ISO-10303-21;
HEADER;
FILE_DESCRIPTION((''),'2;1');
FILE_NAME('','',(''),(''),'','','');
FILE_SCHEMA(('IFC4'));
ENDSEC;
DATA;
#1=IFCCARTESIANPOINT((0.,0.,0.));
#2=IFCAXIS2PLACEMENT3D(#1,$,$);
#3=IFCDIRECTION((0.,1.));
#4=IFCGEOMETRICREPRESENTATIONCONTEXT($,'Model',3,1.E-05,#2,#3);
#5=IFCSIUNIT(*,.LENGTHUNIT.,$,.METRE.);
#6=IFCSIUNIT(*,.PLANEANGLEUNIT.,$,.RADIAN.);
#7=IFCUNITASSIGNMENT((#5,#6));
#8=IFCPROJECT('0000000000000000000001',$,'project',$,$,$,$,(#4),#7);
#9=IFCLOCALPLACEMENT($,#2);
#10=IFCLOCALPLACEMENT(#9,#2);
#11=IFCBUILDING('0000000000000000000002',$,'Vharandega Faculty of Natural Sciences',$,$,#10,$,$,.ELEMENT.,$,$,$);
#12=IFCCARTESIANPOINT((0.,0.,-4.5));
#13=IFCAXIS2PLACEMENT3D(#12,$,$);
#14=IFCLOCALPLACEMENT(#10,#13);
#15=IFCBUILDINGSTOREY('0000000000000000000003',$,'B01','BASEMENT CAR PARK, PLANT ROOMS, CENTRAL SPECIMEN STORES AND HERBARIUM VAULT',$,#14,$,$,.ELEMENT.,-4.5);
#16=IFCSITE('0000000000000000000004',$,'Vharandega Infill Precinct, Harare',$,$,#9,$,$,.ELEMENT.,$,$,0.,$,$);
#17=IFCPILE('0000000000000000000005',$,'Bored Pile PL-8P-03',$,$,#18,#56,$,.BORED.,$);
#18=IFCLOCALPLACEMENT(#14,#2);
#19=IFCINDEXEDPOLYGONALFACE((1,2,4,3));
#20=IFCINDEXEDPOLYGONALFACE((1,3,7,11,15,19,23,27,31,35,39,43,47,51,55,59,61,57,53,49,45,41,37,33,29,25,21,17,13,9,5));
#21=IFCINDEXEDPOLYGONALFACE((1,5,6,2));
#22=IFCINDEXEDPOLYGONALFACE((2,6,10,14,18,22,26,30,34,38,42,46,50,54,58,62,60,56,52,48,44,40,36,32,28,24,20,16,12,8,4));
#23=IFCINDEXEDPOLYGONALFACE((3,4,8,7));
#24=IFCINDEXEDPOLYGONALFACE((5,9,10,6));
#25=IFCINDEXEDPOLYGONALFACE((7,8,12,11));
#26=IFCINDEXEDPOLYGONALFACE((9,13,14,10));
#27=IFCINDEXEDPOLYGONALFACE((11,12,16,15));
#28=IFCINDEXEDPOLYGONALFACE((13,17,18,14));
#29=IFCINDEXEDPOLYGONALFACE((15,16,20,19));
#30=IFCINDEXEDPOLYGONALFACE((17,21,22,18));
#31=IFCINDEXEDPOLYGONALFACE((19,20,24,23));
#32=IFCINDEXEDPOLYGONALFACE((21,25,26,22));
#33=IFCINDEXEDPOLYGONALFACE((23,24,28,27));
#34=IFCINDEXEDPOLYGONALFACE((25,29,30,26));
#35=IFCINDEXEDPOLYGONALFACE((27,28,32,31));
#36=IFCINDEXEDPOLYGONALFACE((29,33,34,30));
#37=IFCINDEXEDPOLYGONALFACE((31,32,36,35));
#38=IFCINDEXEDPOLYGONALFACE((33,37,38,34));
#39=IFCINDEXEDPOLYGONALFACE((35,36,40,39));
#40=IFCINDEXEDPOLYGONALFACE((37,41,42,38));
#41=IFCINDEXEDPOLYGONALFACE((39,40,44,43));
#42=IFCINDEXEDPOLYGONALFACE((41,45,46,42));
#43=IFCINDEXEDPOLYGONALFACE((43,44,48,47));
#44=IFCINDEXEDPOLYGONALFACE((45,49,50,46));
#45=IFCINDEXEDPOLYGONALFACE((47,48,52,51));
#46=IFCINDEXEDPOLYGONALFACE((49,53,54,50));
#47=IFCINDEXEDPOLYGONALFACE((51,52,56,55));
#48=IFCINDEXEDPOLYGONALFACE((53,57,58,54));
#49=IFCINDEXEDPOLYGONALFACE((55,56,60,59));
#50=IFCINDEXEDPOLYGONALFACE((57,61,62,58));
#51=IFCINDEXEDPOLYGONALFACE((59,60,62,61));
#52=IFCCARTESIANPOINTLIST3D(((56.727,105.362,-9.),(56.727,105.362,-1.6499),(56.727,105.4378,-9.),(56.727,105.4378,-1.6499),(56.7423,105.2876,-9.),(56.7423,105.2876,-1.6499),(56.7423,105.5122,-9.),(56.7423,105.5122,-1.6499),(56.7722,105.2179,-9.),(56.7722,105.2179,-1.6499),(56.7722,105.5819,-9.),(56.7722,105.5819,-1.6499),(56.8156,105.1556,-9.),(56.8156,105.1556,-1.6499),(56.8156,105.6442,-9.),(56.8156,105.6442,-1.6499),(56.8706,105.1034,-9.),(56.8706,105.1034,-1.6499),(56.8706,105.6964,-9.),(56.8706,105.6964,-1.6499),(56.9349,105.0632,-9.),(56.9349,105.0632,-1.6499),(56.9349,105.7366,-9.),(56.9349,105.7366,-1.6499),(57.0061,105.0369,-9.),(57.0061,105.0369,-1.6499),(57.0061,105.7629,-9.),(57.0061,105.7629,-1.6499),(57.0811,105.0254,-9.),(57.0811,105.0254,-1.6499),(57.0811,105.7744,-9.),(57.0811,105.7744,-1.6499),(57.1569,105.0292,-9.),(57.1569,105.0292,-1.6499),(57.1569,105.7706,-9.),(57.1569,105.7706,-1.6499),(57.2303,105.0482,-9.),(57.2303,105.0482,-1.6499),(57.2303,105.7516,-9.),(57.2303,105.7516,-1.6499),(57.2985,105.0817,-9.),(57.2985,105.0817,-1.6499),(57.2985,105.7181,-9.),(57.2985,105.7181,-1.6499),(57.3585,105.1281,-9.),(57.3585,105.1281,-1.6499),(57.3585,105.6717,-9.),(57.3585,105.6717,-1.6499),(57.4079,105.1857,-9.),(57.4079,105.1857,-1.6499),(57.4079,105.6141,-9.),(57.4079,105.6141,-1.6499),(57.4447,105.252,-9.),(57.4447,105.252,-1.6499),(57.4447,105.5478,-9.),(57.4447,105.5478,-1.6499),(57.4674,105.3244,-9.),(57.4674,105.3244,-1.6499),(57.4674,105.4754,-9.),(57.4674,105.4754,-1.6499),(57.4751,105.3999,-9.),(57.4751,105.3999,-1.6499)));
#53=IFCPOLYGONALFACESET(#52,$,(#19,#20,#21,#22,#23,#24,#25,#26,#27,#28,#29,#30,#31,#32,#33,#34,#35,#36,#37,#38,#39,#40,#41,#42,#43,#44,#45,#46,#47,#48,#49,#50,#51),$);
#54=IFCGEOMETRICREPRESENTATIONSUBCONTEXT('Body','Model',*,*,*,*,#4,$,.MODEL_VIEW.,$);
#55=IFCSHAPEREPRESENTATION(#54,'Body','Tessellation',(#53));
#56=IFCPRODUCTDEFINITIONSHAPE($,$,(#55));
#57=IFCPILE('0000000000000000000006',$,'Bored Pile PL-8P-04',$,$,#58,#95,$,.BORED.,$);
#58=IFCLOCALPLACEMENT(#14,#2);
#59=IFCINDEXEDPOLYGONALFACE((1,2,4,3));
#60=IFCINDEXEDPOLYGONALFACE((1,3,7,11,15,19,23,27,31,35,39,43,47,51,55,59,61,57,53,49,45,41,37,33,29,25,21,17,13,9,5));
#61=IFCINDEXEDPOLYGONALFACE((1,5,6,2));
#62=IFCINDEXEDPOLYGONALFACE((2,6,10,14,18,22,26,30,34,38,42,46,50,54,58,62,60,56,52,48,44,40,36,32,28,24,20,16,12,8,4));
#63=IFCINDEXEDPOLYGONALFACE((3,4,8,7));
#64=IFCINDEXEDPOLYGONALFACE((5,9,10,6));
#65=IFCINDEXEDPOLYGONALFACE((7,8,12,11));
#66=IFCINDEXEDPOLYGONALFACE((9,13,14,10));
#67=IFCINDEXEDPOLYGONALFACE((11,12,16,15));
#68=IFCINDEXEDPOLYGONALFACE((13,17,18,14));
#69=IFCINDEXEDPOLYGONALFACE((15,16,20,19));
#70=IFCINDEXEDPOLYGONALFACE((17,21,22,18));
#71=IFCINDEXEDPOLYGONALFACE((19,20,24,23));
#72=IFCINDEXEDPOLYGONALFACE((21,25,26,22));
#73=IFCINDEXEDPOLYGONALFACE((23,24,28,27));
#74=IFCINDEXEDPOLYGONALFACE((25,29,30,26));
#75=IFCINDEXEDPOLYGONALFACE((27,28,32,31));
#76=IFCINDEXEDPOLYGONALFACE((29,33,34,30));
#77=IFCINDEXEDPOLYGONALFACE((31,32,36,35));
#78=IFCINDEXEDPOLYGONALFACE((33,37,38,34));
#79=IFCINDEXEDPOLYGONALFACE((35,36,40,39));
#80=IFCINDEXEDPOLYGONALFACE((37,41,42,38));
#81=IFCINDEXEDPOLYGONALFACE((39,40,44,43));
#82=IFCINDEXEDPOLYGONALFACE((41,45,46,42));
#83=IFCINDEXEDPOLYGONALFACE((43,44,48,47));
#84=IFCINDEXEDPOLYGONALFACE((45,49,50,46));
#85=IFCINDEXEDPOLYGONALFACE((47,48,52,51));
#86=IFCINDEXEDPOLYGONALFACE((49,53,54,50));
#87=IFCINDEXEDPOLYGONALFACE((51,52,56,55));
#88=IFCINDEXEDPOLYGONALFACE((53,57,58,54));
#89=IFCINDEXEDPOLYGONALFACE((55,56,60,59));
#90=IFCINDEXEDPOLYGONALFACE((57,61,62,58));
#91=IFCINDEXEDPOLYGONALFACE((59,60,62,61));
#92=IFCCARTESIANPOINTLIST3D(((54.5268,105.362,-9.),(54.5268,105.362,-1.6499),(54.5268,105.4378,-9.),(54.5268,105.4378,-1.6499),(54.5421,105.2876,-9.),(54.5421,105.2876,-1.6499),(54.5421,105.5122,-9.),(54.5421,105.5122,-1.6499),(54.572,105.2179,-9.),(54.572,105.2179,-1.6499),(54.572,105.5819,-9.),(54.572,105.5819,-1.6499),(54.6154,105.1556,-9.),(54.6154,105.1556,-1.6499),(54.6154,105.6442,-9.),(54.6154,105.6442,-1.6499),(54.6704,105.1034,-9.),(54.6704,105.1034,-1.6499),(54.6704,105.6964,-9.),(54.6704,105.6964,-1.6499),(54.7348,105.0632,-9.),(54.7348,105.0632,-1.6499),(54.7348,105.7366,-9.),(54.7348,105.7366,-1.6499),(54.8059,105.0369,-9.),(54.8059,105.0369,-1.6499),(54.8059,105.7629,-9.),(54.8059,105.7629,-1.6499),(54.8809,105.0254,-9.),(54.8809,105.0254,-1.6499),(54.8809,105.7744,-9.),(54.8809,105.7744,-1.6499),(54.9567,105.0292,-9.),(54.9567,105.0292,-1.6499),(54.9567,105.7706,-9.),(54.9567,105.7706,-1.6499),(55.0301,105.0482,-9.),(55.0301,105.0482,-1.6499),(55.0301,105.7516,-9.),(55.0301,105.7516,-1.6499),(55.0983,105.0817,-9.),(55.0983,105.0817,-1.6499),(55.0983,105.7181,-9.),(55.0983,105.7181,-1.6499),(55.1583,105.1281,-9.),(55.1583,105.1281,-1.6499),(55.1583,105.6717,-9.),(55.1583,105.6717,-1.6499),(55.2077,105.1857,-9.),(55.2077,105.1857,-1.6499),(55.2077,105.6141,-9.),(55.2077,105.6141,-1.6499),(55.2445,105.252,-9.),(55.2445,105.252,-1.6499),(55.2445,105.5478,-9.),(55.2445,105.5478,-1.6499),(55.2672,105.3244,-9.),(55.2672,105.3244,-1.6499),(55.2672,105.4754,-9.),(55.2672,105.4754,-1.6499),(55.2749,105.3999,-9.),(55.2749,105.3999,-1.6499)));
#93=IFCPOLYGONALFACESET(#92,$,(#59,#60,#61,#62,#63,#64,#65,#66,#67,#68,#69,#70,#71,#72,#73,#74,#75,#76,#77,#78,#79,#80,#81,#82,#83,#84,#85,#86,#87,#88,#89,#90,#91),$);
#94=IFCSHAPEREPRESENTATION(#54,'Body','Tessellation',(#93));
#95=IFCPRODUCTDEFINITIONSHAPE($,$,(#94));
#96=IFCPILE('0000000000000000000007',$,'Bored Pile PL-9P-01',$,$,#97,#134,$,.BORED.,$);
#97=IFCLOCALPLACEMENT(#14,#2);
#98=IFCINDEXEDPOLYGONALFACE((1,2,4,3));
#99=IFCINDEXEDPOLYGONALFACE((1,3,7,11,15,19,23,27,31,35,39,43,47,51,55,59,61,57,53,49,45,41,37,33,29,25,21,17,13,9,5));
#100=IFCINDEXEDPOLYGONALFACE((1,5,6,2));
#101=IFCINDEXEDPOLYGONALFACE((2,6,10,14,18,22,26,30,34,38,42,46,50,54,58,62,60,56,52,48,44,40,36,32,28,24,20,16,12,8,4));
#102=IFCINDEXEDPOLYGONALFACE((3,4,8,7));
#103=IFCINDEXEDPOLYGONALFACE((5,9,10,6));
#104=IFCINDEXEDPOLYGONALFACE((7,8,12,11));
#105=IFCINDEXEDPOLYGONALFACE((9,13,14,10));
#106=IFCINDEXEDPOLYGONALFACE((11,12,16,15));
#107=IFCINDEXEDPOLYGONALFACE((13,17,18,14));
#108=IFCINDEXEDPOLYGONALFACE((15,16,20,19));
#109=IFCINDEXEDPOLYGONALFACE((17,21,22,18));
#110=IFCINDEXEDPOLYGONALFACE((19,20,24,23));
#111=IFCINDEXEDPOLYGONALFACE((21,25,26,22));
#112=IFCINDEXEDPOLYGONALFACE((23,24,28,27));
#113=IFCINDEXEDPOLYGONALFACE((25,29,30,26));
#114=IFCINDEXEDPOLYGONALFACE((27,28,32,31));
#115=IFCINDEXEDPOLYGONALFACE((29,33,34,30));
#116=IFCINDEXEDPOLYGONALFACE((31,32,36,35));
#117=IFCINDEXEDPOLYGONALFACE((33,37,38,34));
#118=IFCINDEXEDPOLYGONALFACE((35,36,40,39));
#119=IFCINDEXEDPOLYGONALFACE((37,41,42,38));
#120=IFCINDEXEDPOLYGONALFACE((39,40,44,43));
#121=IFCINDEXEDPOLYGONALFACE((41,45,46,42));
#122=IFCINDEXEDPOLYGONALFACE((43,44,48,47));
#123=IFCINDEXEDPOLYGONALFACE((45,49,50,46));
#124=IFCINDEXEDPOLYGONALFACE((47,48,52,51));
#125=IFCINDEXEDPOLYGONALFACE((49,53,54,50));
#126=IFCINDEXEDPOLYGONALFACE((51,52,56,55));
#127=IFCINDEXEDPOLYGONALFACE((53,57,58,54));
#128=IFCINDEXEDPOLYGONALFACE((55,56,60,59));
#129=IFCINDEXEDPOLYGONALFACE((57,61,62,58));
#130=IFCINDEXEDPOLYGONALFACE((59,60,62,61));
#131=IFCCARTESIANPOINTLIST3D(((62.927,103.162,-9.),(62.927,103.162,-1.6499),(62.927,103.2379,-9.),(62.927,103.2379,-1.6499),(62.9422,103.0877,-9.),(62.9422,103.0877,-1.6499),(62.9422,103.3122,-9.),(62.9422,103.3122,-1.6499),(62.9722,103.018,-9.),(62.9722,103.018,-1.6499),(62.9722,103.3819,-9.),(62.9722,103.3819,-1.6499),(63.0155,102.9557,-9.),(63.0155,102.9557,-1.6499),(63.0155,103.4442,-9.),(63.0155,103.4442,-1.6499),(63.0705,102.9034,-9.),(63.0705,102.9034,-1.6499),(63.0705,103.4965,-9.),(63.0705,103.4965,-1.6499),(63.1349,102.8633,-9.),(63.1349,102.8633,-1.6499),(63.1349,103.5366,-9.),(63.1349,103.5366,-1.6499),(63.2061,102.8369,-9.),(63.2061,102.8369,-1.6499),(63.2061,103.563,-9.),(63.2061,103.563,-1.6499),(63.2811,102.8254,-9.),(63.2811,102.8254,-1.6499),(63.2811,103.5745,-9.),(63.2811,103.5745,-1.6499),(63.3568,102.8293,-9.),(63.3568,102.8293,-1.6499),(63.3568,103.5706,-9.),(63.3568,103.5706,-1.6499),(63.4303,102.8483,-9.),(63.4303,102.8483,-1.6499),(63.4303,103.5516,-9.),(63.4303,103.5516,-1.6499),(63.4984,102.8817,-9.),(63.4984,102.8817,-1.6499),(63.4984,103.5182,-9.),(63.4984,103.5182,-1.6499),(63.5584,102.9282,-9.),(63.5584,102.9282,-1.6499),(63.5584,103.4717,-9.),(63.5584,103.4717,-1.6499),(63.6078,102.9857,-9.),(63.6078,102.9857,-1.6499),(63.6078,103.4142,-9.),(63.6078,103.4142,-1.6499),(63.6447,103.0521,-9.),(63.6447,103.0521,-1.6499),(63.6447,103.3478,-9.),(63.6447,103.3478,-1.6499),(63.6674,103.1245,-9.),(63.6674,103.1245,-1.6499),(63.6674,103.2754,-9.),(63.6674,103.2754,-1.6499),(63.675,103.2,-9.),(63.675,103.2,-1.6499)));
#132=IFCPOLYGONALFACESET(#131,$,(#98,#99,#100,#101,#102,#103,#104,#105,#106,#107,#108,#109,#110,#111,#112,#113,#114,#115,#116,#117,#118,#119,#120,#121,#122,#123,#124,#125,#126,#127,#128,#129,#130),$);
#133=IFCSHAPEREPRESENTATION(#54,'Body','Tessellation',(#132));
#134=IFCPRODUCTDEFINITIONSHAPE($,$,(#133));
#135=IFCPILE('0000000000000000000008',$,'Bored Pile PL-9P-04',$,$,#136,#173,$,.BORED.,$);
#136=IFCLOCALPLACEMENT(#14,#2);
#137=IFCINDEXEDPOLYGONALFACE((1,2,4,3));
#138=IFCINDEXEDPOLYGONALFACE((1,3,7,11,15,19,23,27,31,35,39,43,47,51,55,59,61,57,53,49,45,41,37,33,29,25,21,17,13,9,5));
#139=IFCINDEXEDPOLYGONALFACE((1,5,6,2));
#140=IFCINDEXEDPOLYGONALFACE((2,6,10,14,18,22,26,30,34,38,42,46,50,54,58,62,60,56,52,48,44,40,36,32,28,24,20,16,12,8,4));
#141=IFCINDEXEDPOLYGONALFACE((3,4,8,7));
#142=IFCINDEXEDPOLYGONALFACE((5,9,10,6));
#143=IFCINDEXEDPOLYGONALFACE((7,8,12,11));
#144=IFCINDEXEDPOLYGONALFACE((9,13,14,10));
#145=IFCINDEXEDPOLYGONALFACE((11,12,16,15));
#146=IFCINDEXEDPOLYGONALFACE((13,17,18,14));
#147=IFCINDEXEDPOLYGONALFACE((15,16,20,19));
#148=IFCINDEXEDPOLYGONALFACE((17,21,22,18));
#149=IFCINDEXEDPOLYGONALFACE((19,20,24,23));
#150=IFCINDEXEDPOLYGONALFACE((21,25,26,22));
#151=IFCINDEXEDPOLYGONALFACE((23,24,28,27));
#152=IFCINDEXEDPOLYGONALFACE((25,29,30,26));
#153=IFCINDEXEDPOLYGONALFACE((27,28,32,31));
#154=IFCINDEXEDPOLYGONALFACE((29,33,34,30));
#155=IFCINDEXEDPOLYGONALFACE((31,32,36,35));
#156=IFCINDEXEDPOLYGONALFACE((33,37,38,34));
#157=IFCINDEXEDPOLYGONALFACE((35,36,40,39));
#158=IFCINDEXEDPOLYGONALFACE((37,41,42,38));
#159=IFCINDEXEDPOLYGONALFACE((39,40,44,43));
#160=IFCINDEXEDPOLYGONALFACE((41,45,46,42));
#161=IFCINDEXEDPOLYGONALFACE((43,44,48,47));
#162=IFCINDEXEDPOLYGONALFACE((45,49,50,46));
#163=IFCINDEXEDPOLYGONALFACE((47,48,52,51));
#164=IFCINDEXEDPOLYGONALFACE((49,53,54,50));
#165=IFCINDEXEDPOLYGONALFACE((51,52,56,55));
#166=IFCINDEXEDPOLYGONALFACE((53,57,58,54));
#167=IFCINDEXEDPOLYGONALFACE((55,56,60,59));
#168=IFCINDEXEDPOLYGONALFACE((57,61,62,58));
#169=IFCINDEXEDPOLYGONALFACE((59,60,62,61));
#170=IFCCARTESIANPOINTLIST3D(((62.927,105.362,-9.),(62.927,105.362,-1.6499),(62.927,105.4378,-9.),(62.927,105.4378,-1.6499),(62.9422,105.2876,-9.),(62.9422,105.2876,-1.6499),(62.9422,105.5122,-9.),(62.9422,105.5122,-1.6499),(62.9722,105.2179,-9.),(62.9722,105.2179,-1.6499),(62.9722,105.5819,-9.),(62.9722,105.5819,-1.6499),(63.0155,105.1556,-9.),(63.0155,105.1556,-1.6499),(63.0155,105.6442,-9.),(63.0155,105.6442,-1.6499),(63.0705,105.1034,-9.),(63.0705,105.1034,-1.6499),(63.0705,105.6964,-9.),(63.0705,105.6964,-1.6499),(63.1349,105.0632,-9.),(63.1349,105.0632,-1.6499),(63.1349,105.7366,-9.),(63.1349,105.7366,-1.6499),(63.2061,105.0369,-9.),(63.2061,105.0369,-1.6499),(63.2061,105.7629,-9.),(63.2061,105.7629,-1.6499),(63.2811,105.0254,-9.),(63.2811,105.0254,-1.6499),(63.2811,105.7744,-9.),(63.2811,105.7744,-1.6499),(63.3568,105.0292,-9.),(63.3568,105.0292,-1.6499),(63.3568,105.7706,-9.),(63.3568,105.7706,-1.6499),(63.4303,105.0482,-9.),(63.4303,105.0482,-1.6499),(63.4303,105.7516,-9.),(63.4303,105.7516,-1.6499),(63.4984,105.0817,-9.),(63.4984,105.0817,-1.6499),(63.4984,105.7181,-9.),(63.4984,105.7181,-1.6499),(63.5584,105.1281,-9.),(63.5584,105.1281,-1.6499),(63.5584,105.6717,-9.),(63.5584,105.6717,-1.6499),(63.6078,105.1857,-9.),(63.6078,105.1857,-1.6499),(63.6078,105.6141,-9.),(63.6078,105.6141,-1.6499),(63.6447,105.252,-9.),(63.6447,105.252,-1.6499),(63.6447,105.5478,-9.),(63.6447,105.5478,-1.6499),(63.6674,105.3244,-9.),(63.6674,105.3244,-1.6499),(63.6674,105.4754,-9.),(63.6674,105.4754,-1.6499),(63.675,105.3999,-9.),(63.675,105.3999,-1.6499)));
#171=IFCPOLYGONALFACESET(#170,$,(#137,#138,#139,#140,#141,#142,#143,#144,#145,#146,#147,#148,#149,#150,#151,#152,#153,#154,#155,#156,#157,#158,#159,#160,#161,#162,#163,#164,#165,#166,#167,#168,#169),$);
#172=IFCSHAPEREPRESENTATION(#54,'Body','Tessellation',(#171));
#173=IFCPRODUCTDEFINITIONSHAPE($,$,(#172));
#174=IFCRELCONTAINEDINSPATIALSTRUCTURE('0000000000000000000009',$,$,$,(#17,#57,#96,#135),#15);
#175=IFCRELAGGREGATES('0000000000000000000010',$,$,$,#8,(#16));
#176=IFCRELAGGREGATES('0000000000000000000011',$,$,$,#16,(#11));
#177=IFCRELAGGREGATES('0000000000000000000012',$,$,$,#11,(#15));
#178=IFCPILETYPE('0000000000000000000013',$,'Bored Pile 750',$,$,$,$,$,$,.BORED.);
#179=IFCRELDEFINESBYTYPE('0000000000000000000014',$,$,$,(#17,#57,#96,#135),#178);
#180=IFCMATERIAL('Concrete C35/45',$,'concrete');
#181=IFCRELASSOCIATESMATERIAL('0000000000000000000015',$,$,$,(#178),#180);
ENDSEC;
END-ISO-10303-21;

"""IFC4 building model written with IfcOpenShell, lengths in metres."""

from ifc_helpers import new_model, si_unit, direction, frame, origin, origin_2d, place, context, subcontext, project, spatial, circle, extrude, material, material_profile, profile_set, type_object, element, save


model = new_model("IFC4")

# Units and contexts
model_context = context("Model", 3, precision=1e-05, world=origin(), true_north=direction((0.0, 1.0)))
body_context = subcontext(model_context, "Body", "Model", "MODEL_VIEW")
ifc_project = project(units=[si_unit("LENGTHUNIT", "METRE"), si_unit("PLANEANGLEUNIT", "RADIAN")], contexts=[model_context])

# Site, building, storey
site_placement = place(None, origin())
site = spatial("IfcSite", under=ifc_project, at=site_placement, Name="Vharandega Infill Precinct, Harare", CompositionType="ELEMENT", RefElevation=0.0)
building_placement = place(site_placement, origin())
building = spatial("IfcBuilding", under=site, at=building_placement, Name="Vharandega Faculty of Natural Sciences", CompositionType="ELEMENT")
storey_placement = place(building_placement, frame((0.0, 0.0, -4.5)))
storey = spatial("IfcBuildingStorey", under=building, at=storey_placement, Name="B01", Description="BASEMENT CAR PARK, PLANT ROOMS, CENTRAL SPECIMEN STORES AND HERBARIUM VAULT", CompositionType="ELEMENT", Elevation=-4.5)

# Piles
ifc_material_1 = material(Name="Concrete C35/45", Category="concrete")
ifc_material_profile_1 = material_profile(ifc_material_1, circle(Radius=0.375, at=origin_2d()), Name="PILE 750")
ifc_profile_set_1 = profile_set([ifc_material_profile_1], Name="Concrete C35/45")
pile_type_1 = type_object("IfcPileType", Name="Bored Pile 750", PredefinedType="BORED", material=ifc_profile_set_1)
for number, where, z_axis, x_axis, name in (
    (1, (57.1001, 105.3999, -1.6499), (0.0, 0.0, -1.0), (1.0, 0.0, 0.0), "Bored Pile PL-8P-03"),
    (2, (54.8999, 105.3999, -1.6499), (0.0, 0.0, -1.0), (1.0, 0.0, 0.0), "Bored Pile PL-8P-04"),
    (3, (63.3, 103.2, -1.6499), (0.0, 0.0, -1.0), (1.0, 0.0, 0.0), "Bored Pile PL-9P-01"),
    (4, (63.3, 105.3999, -1.6499), (0.0, 0.0, -1.0), (1.0, 0.0, 0.0), "Bored Pile PL-9P-04"),
):
    element("IfcPile", number, at=place(storey_placement, frame(where, z_axis=z_axis, x_axis=x_axis)), inside=storey, type_object=pile_type_1, Name=name, PredefinedType="BORED", context=body_context, shape_type="SweptSolid", body=[
        extrude(circle(Radius=0.375, at=origin_2d()), origin(), (0.0, 0.0, 1.0), 7.3501),
    ])

save(model, "model.ifc")
